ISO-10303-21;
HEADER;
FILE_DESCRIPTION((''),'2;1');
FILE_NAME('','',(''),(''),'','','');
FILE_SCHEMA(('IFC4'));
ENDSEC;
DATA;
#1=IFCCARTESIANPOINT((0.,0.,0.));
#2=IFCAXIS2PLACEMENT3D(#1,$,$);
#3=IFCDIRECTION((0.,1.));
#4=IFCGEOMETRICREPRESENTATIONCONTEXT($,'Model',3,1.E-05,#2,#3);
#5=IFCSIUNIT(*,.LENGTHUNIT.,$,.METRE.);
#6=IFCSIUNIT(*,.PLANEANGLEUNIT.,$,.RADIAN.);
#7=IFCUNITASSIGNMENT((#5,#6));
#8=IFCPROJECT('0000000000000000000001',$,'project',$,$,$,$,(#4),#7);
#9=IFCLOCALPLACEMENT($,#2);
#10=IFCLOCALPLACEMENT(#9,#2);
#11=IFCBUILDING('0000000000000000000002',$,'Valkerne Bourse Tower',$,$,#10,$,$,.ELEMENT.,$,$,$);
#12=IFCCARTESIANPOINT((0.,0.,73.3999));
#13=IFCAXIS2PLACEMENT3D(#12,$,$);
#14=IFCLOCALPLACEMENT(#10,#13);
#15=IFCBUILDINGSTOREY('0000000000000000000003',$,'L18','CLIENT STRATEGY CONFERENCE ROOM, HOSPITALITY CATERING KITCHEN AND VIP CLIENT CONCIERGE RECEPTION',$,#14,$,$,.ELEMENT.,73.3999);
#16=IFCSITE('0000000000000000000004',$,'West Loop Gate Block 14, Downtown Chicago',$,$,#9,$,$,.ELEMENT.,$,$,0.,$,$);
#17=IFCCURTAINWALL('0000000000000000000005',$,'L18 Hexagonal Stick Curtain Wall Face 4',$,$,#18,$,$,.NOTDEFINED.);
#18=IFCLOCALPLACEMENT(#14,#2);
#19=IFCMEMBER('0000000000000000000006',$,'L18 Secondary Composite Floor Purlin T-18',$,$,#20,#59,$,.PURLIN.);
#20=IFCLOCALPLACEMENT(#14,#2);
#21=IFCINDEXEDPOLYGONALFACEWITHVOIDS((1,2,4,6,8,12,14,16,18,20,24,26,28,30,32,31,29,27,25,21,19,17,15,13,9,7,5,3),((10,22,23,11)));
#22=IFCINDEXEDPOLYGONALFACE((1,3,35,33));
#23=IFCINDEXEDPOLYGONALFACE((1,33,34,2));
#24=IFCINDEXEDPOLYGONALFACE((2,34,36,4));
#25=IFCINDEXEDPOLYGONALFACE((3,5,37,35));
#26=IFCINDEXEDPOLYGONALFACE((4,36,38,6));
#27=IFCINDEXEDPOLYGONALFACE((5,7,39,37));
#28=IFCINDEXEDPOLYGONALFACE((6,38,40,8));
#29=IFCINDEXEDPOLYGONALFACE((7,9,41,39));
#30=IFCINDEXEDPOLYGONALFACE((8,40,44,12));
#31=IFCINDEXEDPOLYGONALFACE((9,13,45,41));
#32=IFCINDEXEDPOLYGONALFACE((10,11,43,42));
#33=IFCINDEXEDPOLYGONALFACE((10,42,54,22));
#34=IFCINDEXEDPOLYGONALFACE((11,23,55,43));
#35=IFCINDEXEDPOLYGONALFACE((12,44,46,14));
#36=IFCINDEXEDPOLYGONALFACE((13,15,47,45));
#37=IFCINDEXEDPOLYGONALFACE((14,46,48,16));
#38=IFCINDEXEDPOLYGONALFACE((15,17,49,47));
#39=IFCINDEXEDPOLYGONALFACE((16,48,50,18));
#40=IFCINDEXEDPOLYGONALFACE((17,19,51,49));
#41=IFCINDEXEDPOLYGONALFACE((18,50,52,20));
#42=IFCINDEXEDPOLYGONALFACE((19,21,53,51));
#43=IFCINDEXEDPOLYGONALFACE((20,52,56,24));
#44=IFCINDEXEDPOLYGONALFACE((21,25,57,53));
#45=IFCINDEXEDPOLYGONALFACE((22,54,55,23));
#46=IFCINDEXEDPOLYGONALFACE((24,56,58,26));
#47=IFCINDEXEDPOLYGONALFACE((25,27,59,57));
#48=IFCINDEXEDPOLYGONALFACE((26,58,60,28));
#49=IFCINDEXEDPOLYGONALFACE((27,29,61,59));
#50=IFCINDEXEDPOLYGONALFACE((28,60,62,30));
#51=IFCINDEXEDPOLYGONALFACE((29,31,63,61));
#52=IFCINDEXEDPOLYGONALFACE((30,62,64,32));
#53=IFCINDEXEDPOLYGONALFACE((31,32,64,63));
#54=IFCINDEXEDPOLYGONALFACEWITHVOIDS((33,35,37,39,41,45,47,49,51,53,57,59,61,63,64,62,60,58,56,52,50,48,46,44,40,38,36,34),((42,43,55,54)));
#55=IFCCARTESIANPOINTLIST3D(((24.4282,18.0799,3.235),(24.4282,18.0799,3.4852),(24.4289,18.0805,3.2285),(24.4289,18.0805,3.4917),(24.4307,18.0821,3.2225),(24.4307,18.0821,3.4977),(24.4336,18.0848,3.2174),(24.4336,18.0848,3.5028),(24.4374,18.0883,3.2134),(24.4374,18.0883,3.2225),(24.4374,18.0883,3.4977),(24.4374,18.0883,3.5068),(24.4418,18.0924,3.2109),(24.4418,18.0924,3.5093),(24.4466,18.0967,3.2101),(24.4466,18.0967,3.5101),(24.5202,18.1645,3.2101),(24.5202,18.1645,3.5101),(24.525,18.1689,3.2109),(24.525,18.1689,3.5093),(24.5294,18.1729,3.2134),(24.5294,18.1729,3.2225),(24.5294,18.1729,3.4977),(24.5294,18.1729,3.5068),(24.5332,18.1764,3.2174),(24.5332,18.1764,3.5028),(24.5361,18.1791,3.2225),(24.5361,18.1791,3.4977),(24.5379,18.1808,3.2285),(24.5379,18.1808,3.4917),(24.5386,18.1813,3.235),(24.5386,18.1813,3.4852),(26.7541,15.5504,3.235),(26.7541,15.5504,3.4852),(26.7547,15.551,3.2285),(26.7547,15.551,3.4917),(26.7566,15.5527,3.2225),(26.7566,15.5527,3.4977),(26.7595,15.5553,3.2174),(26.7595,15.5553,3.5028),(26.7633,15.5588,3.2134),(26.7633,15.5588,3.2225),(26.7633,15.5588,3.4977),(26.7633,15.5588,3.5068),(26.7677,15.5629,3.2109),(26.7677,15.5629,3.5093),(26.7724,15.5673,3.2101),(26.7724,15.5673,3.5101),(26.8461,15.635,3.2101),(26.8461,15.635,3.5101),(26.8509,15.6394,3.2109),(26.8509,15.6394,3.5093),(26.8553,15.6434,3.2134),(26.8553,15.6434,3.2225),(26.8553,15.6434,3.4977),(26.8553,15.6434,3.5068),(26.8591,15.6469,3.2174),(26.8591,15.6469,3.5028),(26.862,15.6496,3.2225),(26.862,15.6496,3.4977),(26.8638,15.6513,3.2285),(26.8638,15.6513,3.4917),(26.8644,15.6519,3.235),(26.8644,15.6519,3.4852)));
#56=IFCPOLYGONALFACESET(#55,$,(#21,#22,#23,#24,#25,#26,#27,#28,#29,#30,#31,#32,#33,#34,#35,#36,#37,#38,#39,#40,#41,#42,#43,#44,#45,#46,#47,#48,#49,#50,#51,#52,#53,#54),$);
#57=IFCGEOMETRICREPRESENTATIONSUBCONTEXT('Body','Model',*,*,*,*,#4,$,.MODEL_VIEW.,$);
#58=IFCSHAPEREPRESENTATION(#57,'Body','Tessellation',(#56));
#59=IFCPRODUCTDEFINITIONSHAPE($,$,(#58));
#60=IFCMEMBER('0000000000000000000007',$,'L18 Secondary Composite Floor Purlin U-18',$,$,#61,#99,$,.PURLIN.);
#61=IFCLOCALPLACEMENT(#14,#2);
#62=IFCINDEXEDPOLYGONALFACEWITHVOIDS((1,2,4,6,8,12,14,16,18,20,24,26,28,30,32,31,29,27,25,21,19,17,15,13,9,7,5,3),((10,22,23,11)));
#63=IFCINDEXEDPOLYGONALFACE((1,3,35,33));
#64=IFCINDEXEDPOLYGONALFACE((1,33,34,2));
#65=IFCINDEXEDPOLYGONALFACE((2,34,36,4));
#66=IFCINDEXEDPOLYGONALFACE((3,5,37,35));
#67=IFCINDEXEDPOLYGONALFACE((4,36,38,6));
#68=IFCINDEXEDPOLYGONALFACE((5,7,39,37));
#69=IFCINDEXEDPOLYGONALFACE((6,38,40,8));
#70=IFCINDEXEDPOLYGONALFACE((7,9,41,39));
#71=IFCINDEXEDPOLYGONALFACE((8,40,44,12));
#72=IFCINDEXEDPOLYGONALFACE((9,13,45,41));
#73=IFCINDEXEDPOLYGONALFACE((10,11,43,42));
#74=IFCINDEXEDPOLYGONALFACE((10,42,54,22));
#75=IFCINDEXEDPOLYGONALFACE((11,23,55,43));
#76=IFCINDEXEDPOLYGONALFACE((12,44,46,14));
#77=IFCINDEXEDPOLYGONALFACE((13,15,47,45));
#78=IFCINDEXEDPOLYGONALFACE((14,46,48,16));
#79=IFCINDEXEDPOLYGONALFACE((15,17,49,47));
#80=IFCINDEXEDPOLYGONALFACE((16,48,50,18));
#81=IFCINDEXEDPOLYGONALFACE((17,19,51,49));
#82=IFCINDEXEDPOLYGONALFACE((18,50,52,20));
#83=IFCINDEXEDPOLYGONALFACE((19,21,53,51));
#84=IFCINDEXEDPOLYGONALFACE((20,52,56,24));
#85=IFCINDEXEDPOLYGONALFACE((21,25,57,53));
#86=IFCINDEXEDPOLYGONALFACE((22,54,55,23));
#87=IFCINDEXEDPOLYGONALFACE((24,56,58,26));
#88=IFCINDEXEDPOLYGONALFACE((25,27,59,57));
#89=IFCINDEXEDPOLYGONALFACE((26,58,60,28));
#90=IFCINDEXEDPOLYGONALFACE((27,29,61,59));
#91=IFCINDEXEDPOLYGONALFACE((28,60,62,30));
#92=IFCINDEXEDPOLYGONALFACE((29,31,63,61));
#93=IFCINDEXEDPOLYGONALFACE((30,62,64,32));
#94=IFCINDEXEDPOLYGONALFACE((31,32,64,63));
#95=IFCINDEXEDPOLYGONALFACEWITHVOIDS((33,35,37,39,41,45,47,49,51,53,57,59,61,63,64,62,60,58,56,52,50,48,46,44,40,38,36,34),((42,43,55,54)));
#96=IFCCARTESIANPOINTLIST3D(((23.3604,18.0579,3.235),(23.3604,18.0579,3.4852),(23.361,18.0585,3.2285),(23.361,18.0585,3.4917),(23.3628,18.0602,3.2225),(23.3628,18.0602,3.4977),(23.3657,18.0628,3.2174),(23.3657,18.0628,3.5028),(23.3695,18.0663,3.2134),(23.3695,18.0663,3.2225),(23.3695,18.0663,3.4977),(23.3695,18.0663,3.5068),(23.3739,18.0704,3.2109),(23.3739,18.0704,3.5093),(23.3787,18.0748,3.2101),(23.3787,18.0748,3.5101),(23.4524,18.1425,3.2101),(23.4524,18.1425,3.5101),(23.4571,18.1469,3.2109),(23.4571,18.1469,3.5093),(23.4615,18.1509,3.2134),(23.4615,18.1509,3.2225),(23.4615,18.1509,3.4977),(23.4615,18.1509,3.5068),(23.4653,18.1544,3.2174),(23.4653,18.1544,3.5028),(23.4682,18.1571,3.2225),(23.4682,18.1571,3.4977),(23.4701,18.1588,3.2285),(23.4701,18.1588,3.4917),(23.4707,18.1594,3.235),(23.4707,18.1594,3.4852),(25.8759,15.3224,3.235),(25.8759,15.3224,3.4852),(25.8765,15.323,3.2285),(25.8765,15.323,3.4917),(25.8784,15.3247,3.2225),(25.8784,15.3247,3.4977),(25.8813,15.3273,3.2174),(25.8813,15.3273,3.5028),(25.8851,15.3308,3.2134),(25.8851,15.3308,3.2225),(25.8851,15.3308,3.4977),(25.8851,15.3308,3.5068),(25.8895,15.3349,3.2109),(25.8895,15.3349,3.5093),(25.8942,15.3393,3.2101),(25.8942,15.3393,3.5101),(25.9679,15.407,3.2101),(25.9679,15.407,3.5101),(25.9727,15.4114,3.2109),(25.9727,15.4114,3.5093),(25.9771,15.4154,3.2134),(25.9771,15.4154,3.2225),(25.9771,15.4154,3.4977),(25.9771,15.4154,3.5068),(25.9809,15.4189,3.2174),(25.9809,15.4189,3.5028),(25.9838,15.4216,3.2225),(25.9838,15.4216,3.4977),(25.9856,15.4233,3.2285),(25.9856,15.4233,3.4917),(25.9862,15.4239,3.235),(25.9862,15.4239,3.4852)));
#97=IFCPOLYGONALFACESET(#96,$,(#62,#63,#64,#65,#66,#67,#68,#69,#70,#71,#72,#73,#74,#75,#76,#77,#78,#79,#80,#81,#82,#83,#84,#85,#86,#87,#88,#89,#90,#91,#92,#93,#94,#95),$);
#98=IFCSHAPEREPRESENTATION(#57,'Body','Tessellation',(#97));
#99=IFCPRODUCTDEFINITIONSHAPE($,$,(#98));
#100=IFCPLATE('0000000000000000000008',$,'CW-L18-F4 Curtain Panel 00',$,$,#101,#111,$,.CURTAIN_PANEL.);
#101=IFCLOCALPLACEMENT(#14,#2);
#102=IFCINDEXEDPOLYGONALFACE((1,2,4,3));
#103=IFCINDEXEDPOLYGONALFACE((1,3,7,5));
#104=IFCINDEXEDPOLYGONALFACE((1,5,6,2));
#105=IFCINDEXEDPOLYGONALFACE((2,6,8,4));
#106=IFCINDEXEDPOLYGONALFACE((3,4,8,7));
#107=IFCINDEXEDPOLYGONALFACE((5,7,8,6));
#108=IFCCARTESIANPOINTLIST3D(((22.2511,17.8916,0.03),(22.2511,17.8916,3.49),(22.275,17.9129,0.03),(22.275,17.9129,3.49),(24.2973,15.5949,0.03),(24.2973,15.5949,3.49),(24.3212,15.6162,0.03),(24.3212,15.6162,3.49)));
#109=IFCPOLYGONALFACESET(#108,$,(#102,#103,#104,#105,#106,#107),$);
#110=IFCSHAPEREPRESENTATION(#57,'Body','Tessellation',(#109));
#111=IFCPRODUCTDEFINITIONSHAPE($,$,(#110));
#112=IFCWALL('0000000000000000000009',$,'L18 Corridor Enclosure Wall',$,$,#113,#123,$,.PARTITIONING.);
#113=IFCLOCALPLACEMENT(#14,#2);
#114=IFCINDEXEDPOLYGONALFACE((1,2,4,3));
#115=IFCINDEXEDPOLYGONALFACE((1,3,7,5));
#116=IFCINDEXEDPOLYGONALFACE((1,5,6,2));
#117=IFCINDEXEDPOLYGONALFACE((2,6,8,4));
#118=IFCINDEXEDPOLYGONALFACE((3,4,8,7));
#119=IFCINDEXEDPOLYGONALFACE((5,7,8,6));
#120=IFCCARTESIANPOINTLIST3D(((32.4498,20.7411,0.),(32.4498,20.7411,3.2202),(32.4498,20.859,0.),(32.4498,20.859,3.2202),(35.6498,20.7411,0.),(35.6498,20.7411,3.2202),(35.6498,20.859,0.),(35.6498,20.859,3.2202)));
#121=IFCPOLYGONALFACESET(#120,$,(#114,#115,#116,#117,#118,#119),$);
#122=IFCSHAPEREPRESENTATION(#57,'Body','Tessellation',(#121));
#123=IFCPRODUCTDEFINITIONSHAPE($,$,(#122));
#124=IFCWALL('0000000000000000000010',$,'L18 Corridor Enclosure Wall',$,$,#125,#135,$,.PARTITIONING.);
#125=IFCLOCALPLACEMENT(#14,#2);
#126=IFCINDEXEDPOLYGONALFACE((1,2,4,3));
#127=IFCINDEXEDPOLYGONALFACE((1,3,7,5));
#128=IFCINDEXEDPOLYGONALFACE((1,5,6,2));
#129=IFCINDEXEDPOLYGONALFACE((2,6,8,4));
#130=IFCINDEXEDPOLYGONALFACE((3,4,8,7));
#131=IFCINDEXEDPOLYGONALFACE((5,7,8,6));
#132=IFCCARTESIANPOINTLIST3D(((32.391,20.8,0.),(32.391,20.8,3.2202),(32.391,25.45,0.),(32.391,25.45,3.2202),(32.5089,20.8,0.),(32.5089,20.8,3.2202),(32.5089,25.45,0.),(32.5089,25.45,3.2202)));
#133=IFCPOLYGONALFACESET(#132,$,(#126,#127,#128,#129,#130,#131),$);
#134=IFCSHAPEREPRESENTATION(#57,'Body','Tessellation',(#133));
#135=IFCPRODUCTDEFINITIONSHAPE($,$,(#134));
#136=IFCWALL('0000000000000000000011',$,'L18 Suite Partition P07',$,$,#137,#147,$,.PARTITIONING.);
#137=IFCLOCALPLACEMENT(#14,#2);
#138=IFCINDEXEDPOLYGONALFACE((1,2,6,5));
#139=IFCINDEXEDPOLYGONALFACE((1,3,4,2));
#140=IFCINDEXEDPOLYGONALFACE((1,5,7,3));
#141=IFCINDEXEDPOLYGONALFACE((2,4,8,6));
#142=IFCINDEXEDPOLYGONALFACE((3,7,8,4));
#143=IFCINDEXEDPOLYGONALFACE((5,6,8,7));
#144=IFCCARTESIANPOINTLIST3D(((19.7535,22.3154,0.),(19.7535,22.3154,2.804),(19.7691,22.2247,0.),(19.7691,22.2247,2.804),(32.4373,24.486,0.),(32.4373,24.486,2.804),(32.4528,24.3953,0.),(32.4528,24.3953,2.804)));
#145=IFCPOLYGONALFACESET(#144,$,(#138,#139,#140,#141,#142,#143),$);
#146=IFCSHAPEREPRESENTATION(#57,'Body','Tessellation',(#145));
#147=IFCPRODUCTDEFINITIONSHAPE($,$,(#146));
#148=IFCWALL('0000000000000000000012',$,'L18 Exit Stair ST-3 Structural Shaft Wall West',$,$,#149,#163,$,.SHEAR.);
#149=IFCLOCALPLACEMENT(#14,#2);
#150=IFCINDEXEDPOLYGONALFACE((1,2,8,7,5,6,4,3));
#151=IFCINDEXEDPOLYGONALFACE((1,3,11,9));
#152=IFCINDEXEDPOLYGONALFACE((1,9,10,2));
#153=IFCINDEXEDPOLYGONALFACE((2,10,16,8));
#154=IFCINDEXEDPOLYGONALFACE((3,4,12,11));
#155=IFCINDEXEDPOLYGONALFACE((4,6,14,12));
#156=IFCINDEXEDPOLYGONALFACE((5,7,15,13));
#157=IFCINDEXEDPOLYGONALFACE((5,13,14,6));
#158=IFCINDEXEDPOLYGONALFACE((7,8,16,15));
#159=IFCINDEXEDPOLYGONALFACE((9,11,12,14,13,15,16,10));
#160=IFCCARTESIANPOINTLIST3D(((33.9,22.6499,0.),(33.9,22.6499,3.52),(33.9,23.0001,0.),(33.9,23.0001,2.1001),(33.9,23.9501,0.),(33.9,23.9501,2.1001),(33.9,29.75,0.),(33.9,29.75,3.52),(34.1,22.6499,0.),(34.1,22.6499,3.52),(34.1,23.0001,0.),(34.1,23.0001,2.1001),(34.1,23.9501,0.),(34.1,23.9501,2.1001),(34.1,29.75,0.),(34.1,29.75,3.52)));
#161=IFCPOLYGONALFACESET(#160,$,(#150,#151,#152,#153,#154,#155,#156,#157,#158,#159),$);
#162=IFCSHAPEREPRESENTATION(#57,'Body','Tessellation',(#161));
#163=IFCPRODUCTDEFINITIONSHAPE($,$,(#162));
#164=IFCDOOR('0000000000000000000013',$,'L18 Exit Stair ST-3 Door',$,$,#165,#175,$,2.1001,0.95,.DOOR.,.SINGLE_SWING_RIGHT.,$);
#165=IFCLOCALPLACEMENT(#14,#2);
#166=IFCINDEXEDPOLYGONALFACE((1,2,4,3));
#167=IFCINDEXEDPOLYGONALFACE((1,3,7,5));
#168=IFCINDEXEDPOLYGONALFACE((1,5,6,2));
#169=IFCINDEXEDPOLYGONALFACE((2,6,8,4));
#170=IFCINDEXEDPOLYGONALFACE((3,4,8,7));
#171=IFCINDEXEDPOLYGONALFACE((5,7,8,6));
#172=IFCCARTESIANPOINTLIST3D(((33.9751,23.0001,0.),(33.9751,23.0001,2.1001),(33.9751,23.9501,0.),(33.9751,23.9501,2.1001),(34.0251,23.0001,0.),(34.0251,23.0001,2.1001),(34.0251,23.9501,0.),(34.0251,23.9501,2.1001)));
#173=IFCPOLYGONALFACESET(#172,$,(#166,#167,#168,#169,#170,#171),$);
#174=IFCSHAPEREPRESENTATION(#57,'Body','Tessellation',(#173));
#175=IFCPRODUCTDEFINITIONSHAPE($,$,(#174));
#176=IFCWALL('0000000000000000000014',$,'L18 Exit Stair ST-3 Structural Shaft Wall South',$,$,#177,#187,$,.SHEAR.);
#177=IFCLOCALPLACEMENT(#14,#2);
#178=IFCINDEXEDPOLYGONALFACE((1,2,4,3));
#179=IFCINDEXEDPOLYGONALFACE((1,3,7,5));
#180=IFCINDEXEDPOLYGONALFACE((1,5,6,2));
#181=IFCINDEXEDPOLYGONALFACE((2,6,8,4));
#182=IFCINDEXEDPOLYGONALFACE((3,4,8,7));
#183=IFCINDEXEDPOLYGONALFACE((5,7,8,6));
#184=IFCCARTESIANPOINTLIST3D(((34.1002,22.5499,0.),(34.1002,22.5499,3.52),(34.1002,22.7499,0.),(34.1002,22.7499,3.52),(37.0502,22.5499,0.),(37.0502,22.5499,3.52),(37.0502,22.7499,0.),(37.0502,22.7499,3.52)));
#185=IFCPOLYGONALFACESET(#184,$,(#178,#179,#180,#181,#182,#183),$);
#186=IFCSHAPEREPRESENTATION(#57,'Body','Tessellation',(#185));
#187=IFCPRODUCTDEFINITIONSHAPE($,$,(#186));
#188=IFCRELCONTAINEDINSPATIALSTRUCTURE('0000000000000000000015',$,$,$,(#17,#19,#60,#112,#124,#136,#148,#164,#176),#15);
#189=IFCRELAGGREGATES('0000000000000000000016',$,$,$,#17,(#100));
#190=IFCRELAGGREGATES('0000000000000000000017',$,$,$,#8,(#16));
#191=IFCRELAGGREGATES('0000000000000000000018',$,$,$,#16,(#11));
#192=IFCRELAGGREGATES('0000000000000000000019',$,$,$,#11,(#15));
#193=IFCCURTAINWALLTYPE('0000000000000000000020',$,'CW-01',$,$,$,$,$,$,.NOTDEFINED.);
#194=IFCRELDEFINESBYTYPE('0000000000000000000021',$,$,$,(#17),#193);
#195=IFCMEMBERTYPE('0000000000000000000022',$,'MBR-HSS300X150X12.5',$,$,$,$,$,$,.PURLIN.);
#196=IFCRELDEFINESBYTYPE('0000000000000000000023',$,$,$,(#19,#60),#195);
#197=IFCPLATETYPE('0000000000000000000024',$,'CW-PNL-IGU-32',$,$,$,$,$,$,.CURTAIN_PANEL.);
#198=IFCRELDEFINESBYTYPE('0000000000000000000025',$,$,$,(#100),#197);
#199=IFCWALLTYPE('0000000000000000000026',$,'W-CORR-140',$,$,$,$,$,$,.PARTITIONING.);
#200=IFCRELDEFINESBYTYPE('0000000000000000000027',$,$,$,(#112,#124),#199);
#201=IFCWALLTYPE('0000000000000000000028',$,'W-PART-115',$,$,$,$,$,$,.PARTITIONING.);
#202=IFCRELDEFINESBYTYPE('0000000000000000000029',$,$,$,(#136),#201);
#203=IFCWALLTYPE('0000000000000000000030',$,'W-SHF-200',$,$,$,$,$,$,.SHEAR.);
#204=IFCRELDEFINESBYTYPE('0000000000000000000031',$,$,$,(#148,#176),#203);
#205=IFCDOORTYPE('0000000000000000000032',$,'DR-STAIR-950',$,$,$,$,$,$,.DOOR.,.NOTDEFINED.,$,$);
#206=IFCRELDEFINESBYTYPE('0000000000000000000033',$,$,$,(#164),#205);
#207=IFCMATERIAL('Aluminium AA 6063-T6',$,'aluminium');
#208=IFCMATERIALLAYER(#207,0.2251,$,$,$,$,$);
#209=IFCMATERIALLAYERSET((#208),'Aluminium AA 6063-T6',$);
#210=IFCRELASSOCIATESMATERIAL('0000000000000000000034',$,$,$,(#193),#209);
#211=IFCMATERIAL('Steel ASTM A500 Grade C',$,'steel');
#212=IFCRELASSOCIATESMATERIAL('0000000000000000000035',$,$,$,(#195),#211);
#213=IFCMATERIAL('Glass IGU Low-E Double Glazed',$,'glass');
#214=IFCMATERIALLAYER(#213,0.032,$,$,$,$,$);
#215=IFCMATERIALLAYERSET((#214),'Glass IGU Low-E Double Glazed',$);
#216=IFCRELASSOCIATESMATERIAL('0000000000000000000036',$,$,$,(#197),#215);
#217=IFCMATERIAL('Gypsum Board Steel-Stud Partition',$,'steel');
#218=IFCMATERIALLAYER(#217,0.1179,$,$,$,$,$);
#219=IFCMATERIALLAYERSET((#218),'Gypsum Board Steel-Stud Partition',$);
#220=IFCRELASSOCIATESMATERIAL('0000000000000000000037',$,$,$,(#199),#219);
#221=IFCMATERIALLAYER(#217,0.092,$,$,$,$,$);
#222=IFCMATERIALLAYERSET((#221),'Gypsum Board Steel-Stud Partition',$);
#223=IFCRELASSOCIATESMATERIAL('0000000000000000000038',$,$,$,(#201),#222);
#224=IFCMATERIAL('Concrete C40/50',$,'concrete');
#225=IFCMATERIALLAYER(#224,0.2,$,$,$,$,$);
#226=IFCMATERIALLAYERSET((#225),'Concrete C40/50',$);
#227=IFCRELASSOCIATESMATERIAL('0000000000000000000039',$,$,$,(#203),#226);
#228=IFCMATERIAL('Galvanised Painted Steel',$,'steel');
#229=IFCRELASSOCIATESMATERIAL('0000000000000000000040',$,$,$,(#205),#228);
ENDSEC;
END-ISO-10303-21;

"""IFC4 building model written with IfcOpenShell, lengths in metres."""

from ifc_helpers import new_model, si_unit, direction, frame, frame_2d, origin, origin_2d, place, context, subcontext, project, spatial, rectangle, hollow_rectangle, extrude, material, layer, layer_set, material_profile, profile_set, type_object, element, fill, aggregate, save


model = new_model("IFC4")

# Units and contexts
model_context = context("Model", 3, precision=1e-05, world=origin(), true_north=direction((0.0, 1.0)))
body_context = subcontext(model_context, "Body", "Model", "MODEL_VIEW")
ifc_project = project(units=[si_unit("LENGTHUNIT", "METRE"), si_unit("PLANEANGLEUNIT", "RADIAN")], contexts=[model_context])

# Site, building, storey
site_placement = place(None, origin())
site = spatial("IfcSite", under=ifc_project, at=site_placement, Name="West Loop Gate Block 14, Downtown Chicago", CompositionType="ELEMENT", RefElevation=0.0)
building_placement = place(site_placement, origin())
building = spatial("IfcBuilding", under=site, at=building_placement, Name="Valkerne Bourse Tower", CompositionType="ELEMENT")
storey_placement = place(building_placement, frame((0.0, 0.0, 73.3999)))
storey = spatial("IfcBuildingStorey", under=building, at=storey_placement, Name="L18", Description="CLIENT STRATEGY CONFERENCE ROOM, HOSPITALITY CATERING KITCHEN AND VIP CLIENT CONCIERGE RECEPTION", CompositionType="ELEMENT", Elevation=73.3999)

# Curtain wall
ifc_material_1 = material(Name="Aluminium AA 6063-T6", Category="aluminium")
ifc_layer_1 = layer(ifc_material_1, 0.2251)
ifc_layer_set_1 = layer_set([ifc_layer_1], Name="Aluminium AA 6063-T6")
curtain_wall_type = type_object("IfcCurtainWallType", Name="CW-01", PredefinedType="NOTDEFINED", material=ifc_layer_set_1)
curtain_wall_placement = place(storey_placement, origin())
curtain_wall = element("IfcCurtainWall", 1, at=curtain_wall_placement, inside=storey, type_object=curtain_wall_type, Name="L18 Hexagonal Stick Curtain Wall Face 4", PredefinedType="NOTDEFINED")

# Members
ifc_material_2 = material(Name="Steel ASTM A500 Grade C", Category="steel")
ifc_material_profile_1 = material_profile(ifc_material_2, hollow_rectangle(XDim=0.1499, YDim=0.3, WallThickness=0.0125, OuterFilletRadius=0.0249, at=origin_2d()), Name="HSS300X150X12.5")
ifc_profile_set_1 = profile_set([ifc_material_profile_1], Name="Steel ASTM A500 Grade C")
member_type_1 = type_object("IfcMemberType", Name="MBR-HSS300X150X12.5", PredefinedType="PURLIN", material=ifc_profile_set_1)
member_1_placement = place(storey_placement, frame((24.4834, 18.1306, 3.3601), z_axis=(0.676859, -0.736112, 0.0), x_axis=(0.736112, 0.676859, 0.0)))
element("IfcMember", 2, at=member_1_placement, inside=storey, type_object=member_type_1, Name="L18 Secondary Composite Floor Purlin T-18", PredefinedType="PURLIN", context=body_context, shape_type="SweptSolid", body=[
    extrude(hollow_rectangle(XDim=0.1499, YDim=0.3, WallThickness=0.0125, OuterFilletRadius=0.0249, at=origin_2d()), origin(), (0.0, 0.0, 1.0), 3.4363),
])
member_2_placement = place(storey_placement, frame((23.4155, 18.1086, 3.3601), z_axis=(0.676893, -0.736082, 0.0), x_axis=(0.736082, 0.676893, 0.0)))
element("IfcMember", 3, at=member_2_placement, inside=storey, type_object=member_type_1, Name="L18 Secondary Composite Floor Purlin U-18", PredefinedType="PURLIN", context=body_context, shape_type="SweptSolid", body=[
    extrude(hollow_rectangle(XDim=0.1499, YDim=0.3, WallThickness=0.0125, OuterFilletRadius=0.0249, at=origin_2d()), origin(), (0.0, 0.0, 1.0), 3.7163),
])

# Plate
ifc_material_3 = material(Name="Glass IGU Low-E Double Glazed", Category="glass")
ifc_layer_2 = layer(ifc_material_3, 0.032)
ifc_layer_set_2 = layer_set([ifc_layer_2], Name="Glass IGU Low-E Double Glazed")
plate_type = type_object("IfcPlateType", Name="CW-PNL-IGU-32", PredefinedType="CURTAIN_PANEL", material=ifc_layer_set_2)
plate_placement = place(storey_placement, frame((23.2861, 16.7539, 0.03), z_axis=(0.0, 0.0, 1.0), x_axis=(0.665218, -0.746649, 0.0)))
plate = element("IfcPlate", 4, at=plate_placement, type_object=plate_type, Name="CW-L18-F4 Curtain Panel 00", PredefinedType="CURTAIN_PANEL", context=body_context, shape_type="SweptSolid", body=[
    extrude(rectangle(XDim=3.0759, YDim=0.032, at=origin_2d()), origin(), (0.0, 0.0, 1.0), 3.46),
])
aggregate(curtain_wall, [plate])

# Walls
ifc_material_4 = material(Name="Gypsum Board Steel-Stud Partition", Category="steel")
ifc_layer_3 = layer(ifc_material_4, 0.1179)
ifc_layer_set_3 = layer_set([ifc_layer_3], Name="Gypsum Board Steel-Stud Partition")
wall_type_1 = type_object("IfcWallType", Name="W-CORR-140", PredefinedType="PARTITIONING", material=ifc_layer_set_3)
wall_1_placement = place(storey_placement, frame((35.6499, 20.8, 0.0), z_axis=(0.0, 0.0, 1.0), x_axis=(-1.0, 0.0, 0.0)))
element("IfcWall", 5, at=wall_1_placement, inside=storey, type_object=wall_type_1, Name="L18 Corridor Enclosure Wall", PredefinedType="PARTITIONING", context=body_context, shape_type="SweptSolid", body=[
    extrude(rectangle(XDim=3.2, YDim=0.1179, at=frame_2d((1.6001, 0.0))), origin(), (0.0, 0.0, 1.0), 3.2202),
])
wall_2_placement = place(storey_placement, frame((32.45, 20.8, 0.0), z_axis=(0.0, 0.0, 1.0), x_axis=(0.0, 1.0, 0.0)))
element("IfcWall", 6, at=wall_2_placement, inside=storey, type_object=wall_type_1, Name="L18 Corridor Enclosure Wall", PredefinedType="PARTITIONING", context=body_context, shape_type="SweptSolid", body=[
    extrude(rectangle(XDim=4.6499, YDim=0.1179, at=frame_2d((2.325, 0.0))), origin(), (0.0, 0.0, 1.0), 3.2202),
])
ifc_layer_4 = layer(ifc_material_4, 0.092)
ifc_layer_set_4 = layer_set([ifc_layer_4], Name="Gypsum Board Steel-Stud Partition")
wall_type_2 = type_object("IfcWallType", Name="W-PART-115", PredefinedType="PARTITIONING", material=ifc_layer_set_4)
wall_3_placement = place(storey_placement, frame((32.4451, 24.4407, 0.0), z_axis=(0.0, 0.0, 1.0), x_axis=(-0.98567, -0.168683, 0.0)))
element("IfcWall", 7, at=wall_3_placement, inside=storey, type_object=wall_type_2, Name="L18 Suite Partition P07", PredefinedType="PARTITIONING", context=body_context, shape_type="SweptSolid", body=[
    extrude(rectangle(XDim=12.8682, YDim=0.092, at=frame_2d((6.4341, 0.0))), origin(), (0.0, 0.0, 1.0), 2.804),
])

# Wall, opening, door
ifc_material_5 = material(Name="Concrete C40/50", Category="concrete")
ifc_layer_5 = layer(ifc_material_5, 0.2)
ifc_layer_set_5 = layer_set([ifc_layer_5], Name="Concrete C40/50")
wall_type_3 = type_object("IfcWallType", Name="W-SHF-200", PredefinedType="SHEAR", material=ifc_layer_set_5)
wall_4_placement = place(storey_placement, frame((34.0, 22.6499, 0.0), z_axis=(0.0, 0.0, 1.0), x_axis=(0.0, 1.0, 0.0)))
wall_4 = element("IfcWall", 8, at=wall_4_placement, inside=storey, type_object=wall_type_3, Name="L18 Exit Stair ST-3 Structural Shaft Wall West", PredefinedType="SHEAR", context=body_context, shape_type="SweptSolid", body=[
    extrude(rectangle(XDim=7.1001, YDim=0.2, at=frame_2d((3.55, 0.0))), origin(), (0.0, 0.0, 1.0), 3.52),
])
opening_placement = place(wall_4_placement, frame((0.3501, 0.0, 0.0)))
opening = element("IfcOpeningElement", 9, at=opening_placement, cuts=wall_4, PredefinedType="OPENING", context=body_context, shape_type="SweptSolid", body=[
    extrude(rectangle(XDim=0.95, YDim=2.1001, at=frame_2d((0.4751, 1.05))), frame((0.0, 0.1099, 0.0), z_axis=(0.0, -1.0, 0.0), x_axis=(1.0, 0.0, 0.0)), (0.0, 0.0, 1.0), 0.22),
])
ifc_material_6 = material(Name="Galvanised Painted Steel", Category="steel")
door_type = type_object("IfcDoorType", Name="DR-STAIR-950", OperationType="NOTDEFINED", PredefinedType="DOOR", material=ifc_material_6)
door_placement = place(opening_placement, origin())
door = element("IfcDoor", 10, at=door_placement, inside=storey, type_object=door_type, Name="L18 Exit Stair ST-3 Door", OperationType="SINGLE_SWING_RIGHT", OverallHeight=2.1001, OverallWidth=0.95, PredefinedType="DOOR", context=body_context, shape_type="SweptSolid", body=[
    extrude(rectangle(XDim=0.95, YDim=2.1001, at=frame_2d((0.4751, 1.05))), frame((0.0, 0.0249, 0.0), z_axis=(0.0, -1.0, 0.0), x_axis=(1.0, 0.0, 0.0)), (0.0, 0.0, 1.0), 0.05),
])
fill(opening, door)

# Wall
wall_5_placement = place(storey_placement, frame((34.1001, 22.6499, 0.0), z_axis=(0.0, 0.0, 1.0), x_axis=(1.0, 0.0, 0.0)))
element("IfcWall", 11, at=wall_5_placement, inside=storey, type_object=wall_type_3, Name="L18 Exit Stair ST-3 Structural Shaft Wall South", PredefinedType="SHEAR", context=body_context, shape_type="SweptSolid", body=[
    extrude(rectangle(XDim=2.95, YDim=0.2, at=frame_2d((1.4751, 0.0))), origin(), (0.0, 0.0, 1.0), 3.52),
])

save(model, "model.ifc")
